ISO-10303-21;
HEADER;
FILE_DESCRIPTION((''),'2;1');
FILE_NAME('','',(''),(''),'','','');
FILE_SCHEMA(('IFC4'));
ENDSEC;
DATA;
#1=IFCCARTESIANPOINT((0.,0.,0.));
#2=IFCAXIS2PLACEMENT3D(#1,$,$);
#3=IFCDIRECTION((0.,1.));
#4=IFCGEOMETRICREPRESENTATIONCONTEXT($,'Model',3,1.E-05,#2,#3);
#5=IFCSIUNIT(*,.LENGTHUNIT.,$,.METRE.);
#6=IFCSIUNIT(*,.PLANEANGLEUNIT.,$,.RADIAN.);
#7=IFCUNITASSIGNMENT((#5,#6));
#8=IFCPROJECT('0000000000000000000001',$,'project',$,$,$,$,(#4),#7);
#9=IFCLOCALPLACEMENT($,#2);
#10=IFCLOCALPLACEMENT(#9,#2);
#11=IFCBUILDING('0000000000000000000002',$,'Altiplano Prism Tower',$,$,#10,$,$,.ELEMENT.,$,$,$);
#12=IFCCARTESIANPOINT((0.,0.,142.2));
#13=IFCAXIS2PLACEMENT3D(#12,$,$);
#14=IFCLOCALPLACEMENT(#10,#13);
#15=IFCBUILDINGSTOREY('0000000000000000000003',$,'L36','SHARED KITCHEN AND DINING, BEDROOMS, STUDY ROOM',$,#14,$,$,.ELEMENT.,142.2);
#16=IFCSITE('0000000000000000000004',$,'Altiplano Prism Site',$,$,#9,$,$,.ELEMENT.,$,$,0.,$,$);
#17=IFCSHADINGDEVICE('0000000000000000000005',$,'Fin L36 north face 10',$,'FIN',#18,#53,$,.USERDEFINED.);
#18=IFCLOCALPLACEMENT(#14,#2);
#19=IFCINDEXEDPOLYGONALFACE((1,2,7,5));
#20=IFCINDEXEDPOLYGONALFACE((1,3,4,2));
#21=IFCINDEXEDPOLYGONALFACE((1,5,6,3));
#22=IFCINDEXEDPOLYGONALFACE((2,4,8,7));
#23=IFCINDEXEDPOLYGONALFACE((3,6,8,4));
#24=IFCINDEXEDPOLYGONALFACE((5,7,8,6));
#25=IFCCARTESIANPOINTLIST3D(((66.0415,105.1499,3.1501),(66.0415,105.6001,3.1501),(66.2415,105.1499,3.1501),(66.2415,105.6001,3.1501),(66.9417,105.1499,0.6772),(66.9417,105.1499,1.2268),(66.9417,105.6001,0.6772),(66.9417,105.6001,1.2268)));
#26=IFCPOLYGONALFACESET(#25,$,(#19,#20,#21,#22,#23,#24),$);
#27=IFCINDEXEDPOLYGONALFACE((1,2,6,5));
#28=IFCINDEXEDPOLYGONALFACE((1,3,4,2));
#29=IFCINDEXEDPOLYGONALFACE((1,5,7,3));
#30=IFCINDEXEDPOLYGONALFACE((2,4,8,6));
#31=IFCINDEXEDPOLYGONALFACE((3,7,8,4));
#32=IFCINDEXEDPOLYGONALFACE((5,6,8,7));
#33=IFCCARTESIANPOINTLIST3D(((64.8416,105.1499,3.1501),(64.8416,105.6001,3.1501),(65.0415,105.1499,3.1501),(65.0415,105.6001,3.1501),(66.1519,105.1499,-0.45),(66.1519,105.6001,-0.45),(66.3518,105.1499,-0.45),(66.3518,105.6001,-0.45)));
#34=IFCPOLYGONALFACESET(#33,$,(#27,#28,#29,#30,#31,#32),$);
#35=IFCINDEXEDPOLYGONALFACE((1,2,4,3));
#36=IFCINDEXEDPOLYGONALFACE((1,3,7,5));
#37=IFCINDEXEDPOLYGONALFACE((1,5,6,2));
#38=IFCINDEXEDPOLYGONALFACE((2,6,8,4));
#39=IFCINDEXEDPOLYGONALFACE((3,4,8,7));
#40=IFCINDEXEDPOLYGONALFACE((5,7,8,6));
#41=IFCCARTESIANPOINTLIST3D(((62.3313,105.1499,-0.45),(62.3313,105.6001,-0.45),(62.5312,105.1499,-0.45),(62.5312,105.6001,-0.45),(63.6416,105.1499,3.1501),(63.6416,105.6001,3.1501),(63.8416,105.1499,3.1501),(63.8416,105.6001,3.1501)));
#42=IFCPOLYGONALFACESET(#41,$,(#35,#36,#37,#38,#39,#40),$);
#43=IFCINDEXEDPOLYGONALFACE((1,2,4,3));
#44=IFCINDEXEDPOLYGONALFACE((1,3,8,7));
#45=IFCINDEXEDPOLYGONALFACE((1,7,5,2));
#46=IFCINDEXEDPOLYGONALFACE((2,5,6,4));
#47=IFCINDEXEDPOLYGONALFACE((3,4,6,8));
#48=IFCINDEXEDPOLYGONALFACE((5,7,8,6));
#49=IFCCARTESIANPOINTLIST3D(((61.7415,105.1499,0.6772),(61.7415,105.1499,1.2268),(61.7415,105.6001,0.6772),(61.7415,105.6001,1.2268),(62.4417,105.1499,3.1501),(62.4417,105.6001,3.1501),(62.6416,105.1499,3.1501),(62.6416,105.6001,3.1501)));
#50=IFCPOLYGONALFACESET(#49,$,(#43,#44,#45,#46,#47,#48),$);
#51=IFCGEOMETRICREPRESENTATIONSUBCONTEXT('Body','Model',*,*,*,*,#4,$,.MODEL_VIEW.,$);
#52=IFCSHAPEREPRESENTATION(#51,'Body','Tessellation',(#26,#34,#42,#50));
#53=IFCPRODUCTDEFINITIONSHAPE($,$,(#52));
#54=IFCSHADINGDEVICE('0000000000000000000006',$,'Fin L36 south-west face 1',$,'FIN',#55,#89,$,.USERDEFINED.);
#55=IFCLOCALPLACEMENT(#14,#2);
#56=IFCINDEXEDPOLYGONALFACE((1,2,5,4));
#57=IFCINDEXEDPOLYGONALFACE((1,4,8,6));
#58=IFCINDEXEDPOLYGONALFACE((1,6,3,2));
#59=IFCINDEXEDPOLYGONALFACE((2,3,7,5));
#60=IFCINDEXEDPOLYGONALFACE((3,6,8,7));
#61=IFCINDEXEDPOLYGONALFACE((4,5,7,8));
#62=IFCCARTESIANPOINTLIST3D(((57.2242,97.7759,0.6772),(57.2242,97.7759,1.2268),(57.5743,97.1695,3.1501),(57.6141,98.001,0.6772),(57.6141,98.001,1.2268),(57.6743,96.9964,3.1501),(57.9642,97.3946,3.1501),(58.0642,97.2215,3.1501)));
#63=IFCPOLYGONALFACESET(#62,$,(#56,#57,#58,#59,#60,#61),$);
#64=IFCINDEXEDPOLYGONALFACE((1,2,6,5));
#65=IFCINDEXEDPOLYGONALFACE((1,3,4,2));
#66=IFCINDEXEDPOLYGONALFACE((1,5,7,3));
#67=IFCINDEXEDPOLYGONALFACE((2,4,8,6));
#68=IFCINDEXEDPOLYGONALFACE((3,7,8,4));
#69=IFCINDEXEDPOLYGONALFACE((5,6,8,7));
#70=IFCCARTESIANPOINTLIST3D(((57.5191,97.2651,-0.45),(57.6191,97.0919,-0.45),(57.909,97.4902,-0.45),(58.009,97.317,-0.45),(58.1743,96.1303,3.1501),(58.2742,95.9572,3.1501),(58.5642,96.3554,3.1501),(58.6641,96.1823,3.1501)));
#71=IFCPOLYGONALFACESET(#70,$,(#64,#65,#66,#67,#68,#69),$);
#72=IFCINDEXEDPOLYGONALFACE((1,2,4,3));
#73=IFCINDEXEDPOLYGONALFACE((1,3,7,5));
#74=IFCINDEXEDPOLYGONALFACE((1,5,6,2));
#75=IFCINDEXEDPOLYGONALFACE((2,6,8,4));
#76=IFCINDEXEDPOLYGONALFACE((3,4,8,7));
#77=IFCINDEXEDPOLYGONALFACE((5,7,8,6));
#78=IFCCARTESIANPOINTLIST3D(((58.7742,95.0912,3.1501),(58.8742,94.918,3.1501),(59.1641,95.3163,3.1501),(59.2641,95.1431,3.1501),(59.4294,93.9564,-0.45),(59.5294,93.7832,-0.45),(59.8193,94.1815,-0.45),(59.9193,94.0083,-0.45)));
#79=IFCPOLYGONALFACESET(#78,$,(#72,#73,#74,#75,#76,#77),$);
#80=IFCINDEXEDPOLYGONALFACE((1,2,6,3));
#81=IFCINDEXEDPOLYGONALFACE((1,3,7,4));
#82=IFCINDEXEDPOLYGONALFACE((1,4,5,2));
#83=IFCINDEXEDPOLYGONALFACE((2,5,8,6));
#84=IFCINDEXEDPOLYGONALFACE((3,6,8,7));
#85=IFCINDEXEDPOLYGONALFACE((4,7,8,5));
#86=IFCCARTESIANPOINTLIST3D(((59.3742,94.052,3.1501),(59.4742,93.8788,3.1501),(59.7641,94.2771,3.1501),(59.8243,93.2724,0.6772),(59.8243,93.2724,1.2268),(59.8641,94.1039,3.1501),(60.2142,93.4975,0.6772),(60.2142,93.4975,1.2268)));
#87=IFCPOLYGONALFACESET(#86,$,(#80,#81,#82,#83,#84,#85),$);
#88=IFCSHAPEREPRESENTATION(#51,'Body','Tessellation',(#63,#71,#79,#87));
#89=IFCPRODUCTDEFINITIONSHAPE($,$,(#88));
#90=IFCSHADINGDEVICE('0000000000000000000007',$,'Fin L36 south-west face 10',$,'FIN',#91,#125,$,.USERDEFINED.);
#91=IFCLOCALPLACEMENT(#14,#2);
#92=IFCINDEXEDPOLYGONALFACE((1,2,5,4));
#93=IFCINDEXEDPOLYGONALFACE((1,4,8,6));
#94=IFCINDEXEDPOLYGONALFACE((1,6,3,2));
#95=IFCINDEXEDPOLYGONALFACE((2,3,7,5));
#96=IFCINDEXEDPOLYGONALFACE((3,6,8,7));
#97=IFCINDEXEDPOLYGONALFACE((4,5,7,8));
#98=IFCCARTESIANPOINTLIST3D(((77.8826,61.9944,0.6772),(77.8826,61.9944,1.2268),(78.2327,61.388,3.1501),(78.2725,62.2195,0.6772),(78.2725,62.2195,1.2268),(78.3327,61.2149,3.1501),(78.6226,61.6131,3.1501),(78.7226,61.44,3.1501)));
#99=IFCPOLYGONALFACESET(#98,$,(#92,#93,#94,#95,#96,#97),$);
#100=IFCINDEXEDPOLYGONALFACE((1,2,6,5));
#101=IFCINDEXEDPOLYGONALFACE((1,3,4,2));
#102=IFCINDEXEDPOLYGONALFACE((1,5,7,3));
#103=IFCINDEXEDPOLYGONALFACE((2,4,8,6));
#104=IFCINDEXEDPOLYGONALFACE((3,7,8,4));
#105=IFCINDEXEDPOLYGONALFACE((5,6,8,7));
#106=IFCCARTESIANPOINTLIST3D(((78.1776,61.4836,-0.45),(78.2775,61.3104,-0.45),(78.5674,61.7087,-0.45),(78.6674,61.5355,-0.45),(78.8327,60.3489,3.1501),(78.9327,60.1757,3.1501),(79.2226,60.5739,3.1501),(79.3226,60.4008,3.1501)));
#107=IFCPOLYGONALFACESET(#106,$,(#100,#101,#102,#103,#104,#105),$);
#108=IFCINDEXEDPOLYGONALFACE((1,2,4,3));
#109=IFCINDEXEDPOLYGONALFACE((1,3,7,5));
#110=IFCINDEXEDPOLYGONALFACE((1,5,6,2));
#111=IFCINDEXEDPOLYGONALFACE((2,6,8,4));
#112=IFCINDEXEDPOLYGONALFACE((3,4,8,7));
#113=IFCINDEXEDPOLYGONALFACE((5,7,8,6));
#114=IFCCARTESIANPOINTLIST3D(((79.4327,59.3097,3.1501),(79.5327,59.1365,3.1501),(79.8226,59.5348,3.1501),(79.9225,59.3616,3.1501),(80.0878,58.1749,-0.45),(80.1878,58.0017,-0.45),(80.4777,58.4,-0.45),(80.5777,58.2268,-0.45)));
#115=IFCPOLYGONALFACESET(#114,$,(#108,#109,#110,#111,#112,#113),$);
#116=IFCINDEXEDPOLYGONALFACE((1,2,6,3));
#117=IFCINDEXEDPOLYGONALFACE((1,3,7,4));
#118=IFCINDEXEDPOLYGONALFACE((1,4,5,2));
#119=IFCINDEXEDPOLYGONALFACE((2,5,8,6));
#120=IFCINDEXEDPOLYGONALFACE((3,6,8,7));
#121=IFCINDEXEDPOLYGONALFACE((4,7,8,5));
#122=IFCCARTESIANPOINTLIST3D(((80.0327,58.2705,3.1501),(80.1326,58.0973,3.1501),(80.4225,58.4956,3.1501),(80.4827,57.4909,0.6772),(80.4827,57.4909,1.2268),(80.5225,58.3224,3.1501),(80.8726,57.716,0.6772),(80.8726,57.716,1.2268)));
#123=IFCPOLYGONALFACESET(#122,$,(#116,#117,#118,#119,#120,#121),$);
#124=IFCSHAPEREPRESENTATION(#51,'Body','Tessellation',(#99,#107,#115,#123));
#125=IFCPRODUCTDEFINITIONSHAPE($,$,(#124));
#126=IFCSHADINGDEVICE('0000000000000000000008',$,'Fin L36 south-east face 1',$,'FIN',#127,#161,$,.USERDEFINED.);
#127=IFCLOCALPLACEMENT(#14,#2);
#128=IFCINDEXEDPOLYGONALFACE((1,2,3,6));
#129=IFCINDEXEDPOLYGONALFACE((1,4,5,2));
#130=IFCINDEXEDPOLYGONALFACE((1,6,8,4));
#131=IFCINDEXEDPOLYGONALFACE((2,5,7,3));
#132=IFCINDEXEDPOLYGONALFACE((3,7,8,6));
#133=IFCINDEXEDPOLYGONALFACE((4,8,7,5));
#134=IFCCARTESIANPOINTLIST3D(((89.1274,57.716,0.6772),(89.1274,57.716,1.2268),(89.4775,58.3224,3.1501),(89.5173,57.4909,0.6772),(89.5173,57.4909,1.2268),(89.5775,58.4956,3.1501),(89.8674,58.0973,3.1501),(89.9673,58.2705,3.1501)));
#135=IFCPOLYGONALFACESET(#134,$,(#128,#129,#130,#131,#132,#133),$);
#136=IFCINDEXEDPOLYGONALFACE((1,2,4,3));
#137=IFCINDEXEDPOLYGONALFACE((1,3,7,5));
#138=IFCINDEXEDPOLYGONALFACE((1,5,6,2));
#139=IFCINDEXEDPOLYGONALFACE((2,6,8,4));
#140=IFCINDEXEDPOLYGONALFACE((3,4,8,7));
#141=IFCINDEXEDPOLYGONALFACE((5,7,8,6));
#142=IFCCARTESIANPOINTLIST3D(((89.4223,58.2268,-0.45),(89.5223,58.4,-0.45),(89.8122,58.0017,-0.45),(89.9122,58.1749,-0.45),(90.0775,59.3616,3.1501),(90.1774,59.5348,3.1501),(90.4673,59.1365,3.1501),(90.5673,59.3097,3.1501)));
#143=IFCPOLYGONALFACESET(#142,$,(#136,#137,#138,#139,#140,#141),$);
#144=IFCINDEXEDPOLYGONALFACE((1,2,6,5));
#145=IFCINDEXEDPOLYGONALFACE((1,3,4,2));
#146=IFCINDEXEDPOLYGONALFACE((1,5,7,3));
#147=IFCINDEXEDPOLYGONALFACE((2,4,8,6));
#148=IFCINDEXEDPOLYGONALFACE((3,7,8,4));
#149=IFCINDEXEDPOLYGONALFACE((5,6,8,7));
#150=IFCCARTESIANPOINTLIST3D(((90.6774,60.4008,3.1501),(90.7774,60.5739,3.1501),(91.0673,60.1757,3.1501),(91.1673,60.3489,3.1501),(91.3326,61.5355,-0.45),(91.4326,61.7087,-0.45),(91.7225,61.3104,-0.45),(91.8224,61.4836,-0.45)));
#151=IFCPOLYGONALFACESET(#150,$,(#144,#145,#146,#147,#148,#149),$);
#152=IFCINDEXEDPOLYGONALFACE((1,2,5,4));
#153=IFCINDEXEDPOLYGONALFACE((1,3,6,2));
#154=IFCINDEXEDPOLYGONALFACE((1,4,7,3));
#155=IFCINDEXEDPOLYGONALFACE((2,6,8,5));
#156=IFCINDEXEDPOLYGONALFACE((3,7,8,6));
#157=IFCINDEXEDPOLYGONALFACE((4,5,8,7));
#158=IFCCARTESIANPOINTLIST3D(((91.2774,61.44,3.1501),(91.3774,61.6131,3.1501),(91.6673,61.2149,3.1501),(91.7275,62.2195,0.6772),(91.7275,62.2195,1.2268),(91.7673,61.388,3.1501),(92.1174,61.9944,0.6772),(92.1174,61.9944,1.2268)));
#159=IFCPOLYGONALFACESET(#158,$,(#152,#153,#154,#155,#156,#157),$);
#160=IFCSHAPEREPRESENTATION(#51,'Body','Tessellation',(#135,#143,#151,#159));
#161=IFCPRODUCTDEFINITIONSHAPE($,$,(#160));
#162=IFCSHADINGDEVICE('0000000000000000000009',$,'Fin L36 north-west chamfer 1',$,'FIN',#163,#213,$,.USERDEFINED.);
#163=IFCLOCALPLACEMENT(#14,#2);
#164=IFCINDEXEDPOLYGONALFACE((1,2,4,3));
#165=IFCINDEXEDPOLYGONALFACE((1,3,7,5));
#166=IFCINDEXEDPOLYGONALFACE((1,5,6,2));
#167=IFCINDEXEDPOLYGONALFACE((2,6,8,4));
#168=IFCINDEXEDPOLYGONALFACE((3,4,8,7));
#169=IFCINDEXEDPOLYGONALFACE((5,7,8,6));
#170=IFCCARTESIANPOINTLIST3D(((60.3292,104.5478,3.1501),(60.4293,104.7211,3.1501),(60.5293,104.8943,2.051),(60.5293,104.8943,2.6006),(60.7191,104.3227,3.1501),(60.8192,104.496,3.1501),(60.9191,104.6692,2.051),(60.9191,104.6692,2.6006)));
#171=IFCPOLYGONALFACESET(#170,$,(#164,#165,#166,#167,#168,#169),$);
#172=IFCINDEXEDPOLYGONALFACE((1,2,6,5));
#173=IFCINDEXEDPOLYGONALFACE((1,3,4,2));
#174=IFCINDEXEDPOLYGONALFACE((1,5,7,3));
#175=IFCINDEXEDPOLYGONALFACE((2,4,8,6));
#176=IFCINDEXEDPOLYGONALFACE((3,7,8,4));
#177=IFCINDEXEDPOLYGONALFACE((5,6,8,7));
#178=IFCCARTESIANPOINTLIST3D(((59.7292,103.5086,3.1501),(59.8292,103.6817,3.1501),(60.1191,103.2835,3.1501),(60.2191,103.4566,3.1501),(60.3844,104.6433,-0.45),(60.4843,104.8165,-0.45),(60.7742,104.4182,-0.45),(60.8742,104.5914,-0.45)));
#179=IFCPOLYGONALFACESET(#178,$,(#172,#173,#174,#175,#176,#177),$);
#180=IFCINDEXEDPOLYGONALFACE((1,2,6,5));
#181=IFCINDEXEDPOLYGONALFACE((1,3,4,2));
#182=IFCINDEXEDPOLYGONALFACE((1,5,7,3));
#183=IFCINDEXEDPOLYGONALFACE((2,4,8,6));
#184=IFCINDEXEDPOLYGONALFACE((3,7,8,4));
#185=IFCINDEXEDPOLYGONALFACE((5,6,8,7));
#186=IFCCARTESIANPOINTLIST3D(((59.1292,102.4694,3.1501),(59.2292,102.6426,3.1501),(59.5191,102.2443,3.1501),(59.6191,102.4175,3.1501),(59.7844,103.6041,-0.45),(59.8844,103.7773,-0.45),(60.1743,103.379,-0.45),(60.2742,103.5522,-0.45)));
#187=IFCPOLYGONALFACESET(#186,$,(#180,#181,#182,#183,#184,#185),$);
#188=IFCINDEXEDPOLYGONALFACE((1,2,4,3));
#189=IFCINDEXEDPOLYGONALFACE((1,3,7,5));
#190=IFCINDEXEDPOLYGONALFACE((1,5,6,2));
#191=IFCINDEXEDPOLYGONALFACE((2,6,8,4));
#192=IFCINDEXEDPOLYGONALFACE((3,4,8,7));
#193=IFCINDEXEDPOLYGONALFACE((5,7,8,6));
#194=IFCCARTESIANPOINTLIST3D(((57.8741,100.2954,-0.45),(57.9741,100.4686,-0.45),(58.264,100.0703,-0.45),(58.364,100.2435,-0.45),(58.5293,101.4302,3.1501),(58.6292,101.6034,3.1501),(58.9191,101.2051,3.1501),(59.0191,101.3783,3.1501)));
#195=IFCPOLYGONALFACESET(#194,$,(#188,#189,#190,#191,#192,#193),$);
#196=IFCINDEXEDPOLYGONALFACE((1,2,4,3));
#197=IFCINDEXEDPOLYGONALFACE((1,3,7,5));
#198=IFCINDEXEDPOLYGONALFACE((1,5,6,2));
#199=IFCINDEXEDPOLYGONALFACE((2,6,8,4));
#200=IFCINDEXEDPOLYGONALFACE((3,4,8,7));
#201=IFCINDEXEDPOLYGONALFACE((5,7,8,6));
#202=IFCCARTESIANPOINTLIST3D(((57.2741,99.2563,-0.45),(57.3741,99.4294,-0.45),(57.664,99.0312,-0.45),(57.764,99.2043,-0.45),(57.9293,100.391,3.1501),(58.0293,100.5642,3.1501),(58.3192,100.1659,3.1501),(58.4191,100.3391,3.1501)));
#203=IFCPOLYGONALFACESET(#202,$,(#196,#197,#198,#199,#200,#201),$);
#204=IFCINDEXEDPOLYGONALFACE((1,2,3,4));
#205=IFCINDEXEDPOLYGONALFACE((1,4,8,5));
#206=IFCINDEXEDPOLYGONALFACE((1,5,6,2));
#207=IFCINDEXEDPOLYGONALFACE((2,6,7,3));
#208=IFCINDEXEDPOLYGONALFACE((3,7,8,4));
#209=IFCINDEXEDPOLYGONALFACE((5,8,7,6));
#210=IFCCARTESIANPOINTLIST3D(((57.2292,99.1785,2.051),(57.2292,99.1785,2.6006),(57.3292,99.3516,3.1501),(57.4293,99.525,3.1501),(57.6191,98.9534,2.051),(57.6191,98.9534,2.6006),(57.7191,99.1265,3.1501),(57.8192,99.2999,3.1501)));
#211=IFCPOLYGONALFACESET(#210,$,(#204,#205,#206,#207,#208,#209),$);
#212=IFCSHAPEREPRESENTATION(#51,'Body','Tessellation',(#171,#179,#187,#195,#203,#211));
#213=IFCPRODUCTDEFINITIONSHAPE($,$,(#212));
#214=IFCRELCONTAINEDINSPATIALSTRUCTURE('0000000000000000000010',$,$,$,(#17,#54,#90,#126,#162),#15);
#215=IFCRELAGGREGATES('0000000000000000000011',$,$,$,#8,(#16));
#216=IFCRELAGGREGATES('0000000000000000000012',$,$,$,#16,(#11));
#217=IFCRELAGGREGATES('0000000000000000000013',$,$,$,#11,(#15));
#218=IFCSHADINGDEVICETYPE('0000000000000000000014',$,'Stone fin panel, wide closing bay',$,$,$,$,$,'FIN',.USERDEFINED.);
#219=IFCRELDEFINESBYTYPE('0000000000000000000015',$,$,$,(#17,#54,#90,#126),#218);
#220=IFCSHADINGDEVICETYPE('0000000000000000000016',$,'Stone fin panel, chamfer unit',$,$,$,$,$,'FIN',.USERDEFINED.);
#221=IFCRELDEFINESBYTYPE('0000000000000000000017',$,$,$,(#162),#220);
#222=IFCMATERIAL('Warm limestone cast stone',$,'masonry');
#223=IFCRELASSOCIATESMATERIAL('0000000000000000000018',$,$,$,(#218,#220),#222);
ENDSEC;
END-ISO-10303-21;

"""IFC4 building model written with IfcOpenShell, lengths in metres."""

from ifc_helpers import new_model, si_unit, direction, frame, origin, place, context, subcontext, project, spatial, polyline, outline, extrude, source, transform, mapped, material, type_object, element, save


model = new_model("IFC4")

# Units and contexts
model_context = context("Model", 3, precision=1e-05, world=origin(), true_north=direction((0.0, 1.0)))
body_context = subcontext(model_context, "Body", "Model", "MODEL_VIEW")
ifc_project = project(units=[si_unit("LENGTHUNIT", "METRE"), si_unit("PLANEANGLEUNIT", "RADIAN")], contexts=[model_context])

# Site, building, storey
site_placement = place(None, origin())
site = spatial("IfcSite", under=ifc_project, at=site_placement, Name="Altiplano Prism Site", CompositionType="ELEMENT", RefElevation=0.0)
building_placement = place(site_placement, origin())
building = spatial("IfcBuilding", under=site, at=building_placement, Name="Altiplano Prism Tower", CompositionType="ELEMENT")
storey_placement = place(building_placement, frame((0.0, 0.0, 142.2)))
storey = spatial("IfcBuildingStorey", under=building, at=storey_placement, Name="L36", Description="SHARED KITCHEN AND DINING, BEDROOMS, STUDY ROOM", CompositionType="ELEMENT", Elevation=142.2)

# Shading devices
ifc_material_1 = material(Name="Warm limestone cast stone", Category="masonry")
shading_device_type_1 = type_object("IfcShadingDeviceType", Name="Stone fin panel, wide closing bay", ElementType="FIN", PredefinedType="USERDEFINED", material=ifc_material_1)
shared_shape_1 = source(origin(), body_context, "Body", "SweptSolid", [
    extrude(outline(polyline([(-2.6001, 1.1272), (-1.7, 3.6001), (-1.8999, 3.6001), (-2.6001, 1.6768), (-2.6001, 1.1272)])), frame((0.0, -0.1499, 0.0), z_axis=(0.0, -1.0, 0.0), x_axis=(1.0, 0.0, 0.0)), (0.0, 0.0, 1.0), 0.4502),
    extrude(outline(polyline([(-2.0103, 0.0), (-1.8103, 0.0), (-0.5, 3.6001), (-0.7, 3.6001), (-2.0103, 0.0)])), frame((0.0, -0.1499, 0.0), z_axis=(0.0, -1.0, 0.0), x_axis=(1.0, 0.0, 0.0)), (0.0, 0.0, 1.0), 0.4502),
    extrude(outline(polyline([(1.8103, 0.0), (2.0103, 0.0), (0.7, 3.6001), (0.5, 3.6001), (1.8103, 0.0)])), frame((0.0, -0.1499, 0.0), z_axis=(0.0, -1.0, 0.0), x_axis=(1.0, 0.0, 0.0)), (0.0, 0.0, 1.0), 0.4502),
    extrude(outline(polyline([(2.6001, 1.6768), (1.8999, 3.6001), (1.7, 3.6001), (2.6001, 1.1272), (2.6001, 1.6768)])), frame((0.0, -0.1499, 0.0), z_axis=(0.0, -1.0, 0.0), x_axis=(1.0, 0.0, 0.0)), (0.0, 0.0, 1.0), 0.4502),
])
shading_device_1_placement = place(storey_placement, origin())
element("IfcShadingDevice", 1, at=shading_device_1_placement, inside=storey, type_object=shading_device_type_1, Name="Fin L36 north face 10", ObjectType="FIN", PredefinedType="USERDEFINED", context=body_context, shape_type="MappedRepresentation", body=[
    mapped(shared_shape_1, transform((64.3416, 105.0, -0.45), x_axis=(-1.0, 0.0, 0.0), y_axis=(0.0, -1.0, 0.0), z_axis=(0.0, 0.0, 1.0))),
])
shading_device_2_placement = place(storey_placement, origin())
element("IfcShadingDevice", 2, at=shading_device_2_placement, inside=storey, type_object=shading_device_type_1, Name="Fin L36 south-west face 1", ObjectType="FIN", PredefinedType="USERDEFINED", context=body_context, shape_type="MappedRepresentation", body=[
    mapped(shared_shape_1, transform((59.0439, 95.8242, -0.45), x_axis=(0.5, -0.866025, 0.0), y_axis=(0.866025, 0.5, 0.0), z_axis=(0.0, 0.0, 1.0))),
])
shading_device_3_placement = place(storey_placement, origin())
element("IfcShadingDevice", 3, at=shading_device_3_placement, inside=storey, type_object=shading_device_type_1, Name="Fin L36 south-west face 10", ObjectType="FIN", PredefinedType="USERDEFINED", context=body_context, shape_type="MappedRepresentation", body=[
    mapped(shared_shape_1, transform((79.7024, 60.0427, -0.45), x_axis=(0.5, -0.866025, 0.0), y_axis=(0.866025, 0.5, 0.0), z_axis=(0.0, 0.0, 1.0))),
])
shading_device_4_placement = place(storey_placement, origin())
element("IfcShadingDevice", 4, at=shading_device_4_placement, inside=storey, type_object=shading_device_type_1, Name="Fin L36 south-east face 1", ObjectType="FIN", PredefinedType="USERDEFINED", context=body_context, shape_type="MappedRepresentation", body=[
    mapped(shared_shape_1, transform((90.2976, 60.0427, -0.45), x_axis=(0.5, 0.866025, 0.0), y_axis=(-0.866025, 0.5, 0.0), z_axis=(0.0, 0.0, 1.0))),
])
shading_device_type_2 = type_object("IfcShadingDeviceType", Name="Stone fin panel, chamfer unit", ElementType="FIN", PredefinedType="USERDEFINED", material=ifc_material_1)
shared_shape_2 = source(origin(), body_context, "Body", "SweptSolid", [
    extrude(outline(polyline([(-3.3, 2.501), (-2.8999, 3.6001), (-3.1001, 3.6001), (-3.3, 3.0505), (-3.3, 2.501)])), frame((0.0, -0.1499, 0.0), z_axis=(0.0, -1.0, 0.0), x_axis=(1.0, 0.0, 0.0)), (0.0, 0.0, 1.0), 0.4502),
    extrude(outline(polyline([(-3.2102, 0.0), (-3.0103, 0.0), (-1.7, 3.6001), (-1.8999, 3.6001), (-3.2102, 0.0)])), frame((0.0, -0.1499, 0.0), z_axis=(0.0, -1.0, 0.0), x_axis=(1.0, 0.0, 0.0)), (0.0, 0.0, 1.0), 0.4502),
    extrude(outline(polyline([(-2.0103, 0.0), (-1.8103, 0.0), (-0.5, 3.6001), (-0.7, 3.6001), (-2.0103, 0.0)])), frame((0.0, -0.1499, 0.0), z_axis=(0.0, -1.0, 0.0), x_axis=(1.0, 0.0, 0.0)), (0.0, 0.0, 1.0), 0.4502),
    extrude(outline(polyline([(1.8103, 0.0), (2.0103, 0.0), (0.7, 3.6001), (0.5, 3.6001), (1.8103, 0.0)])), frame((0.0, -0.1499, 0.0), z_axis=(0.0, -1.0, 0.0), x_axis=(1.0, 0.0, 0.0)), (0.0, 0.0, 1.0), 0.4502),
    extrude(outline(polyline([(3.0103, 0.0), (3.2102, 0.0), (1.8999, 3.6001), (1.7, 3.6001), (3.0103, 0.0)])), frame((0.0, -0.1499, 0.0), z_axis=(0.0, -1.0, 0.0), x_axis=(1.0, 0.0, 0.0)), (0.0, 0.0, 1.0), 0.4502),
    extrude(outline(polyline([(3.3, 3.0505), (3.1001, 3.6001), (2.8999, 3.6001), (3.3, 2.501), (3.3, 3.0505)])), frame((0.0, -0.1499, 0.0), z_axis=(0.0, -1.0, 0.0), x_axis=(1.0, 0.0, 0.0)), (0.0, 0.0, 1.0), 0.4502),
])
shading_device_5_placement = place(storey_placement, origin())
element("IfcShadingDevice", 5, at=shading_device_5_placement, inside=storey, type_object=shading_device_type_2, Name="Fin L36 north-west chamfer 1", ObjectType="FIN", PredefinedType="USERDEFINED", context=body_context, shape_type="MappedRepresentation", body=[
    mapped(shared_shape_2, transform((59.3989, 101.7363, -0.45), x_axis=(-0.5, -0.866025, 0.0), y_axis=(0.866025, -0.5, 0.0), z_axis=(0.0, 0.0, 1.0))),
])

save(model, "model.ifc")
